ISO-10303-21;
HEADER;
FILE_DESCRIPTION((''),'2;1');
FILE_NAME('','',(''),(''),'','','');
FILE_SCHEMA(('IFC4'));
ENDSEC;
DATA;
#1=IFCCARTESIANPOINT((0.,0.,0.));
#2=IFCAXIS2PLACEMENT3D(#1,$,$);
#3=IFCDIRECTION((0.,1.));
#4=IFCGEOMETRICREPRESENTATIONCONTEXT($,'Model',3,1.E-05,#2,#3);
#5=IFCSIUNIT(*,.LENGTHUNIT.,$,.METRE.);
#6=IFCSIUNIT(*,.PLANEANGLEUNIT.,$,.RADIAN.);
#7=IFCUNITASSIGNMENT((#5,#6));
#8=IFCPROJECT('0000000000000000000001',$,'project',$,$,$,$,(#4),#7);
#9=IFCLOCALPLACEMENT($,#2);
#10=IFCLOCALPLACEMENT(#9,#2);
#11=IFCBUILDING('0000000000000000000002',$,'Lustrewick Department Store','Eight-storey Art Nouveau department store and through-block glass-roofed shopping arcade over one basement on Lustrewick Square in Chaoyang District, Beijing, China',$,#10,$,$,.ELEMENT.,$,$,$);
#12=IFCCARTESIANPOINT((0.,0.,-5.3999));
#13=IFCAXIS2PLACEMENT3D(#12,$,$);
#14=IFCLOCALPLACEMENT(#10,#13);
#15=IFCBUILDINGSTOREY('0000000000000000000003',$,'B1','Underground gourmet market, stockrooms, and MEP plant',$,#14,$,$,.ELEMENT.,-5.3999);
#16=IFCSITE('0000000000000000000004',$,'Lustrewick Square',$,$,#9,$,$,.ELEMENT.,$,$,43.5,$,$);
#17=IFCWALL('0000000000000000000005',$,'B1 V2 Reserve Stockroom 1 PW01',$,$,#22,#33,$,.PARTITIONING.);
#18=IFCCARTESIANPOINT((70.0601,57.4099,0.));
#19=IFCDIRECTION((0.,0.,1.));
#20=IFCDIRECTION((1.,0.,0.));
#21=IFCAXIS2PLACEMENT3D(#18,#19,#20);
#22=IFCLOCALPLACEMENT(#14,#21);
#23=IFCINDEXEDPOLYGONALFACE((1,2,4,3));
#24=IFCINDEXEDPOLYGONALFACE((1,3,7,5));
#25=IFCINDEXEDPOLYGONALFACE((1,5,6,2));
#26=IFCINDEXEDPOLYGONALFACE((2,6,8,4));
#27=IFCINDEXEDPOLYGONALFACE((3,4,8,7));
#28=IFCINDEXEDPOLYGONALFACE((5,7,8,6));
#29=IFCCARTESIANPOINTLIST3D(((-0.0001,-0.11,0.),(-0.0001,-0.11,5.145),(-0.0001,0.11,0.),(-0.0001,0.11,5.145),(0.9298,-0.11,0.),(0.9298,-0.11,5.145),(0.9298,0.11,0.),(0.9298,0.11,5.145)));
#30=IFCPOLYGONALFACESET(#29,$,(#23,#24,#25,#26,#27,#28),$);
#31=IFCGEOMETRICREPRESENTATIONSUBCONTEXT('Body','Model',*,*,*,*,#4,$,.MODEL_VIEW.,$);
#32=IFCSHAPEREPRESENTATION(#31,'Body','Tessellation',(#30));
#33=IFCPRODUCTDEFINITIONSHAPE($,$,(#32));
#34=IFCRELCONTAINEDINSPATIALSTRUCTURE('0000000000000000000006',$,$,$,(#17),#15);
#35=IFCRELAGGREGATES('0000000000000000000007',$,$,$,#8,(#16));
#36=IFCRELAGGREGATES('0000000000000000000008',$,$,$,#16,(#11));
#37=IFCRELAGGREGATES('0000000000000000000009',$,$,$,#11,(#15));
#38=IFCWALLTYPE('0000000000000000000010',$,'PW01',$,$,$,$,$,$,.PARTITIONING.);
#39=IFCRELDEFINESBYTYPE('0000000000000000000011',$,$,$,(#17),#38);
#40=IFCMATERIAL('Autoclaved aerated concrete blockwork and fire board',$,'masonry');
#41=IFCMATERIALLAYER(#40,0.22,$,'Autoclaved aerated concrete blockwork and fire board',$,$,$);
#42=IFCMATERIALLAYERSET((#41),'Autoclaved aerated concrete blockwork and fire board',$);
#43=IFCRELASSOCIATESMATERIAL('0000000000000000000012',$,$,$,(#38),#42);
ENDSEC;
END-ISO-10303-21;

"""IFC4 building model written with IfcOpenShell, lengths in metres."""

from ifc_helpers import new_model, si_unit, direction, frame, frame_2d, origin, place, context, subcontext, project, spatial, rectangle, extrude, material, layer, layer_set, type_object, element, save


model = new_model("IFC4")

# Units and contexts
model_context = context("Model", 3, precision=1e-05, world=origin(), true_north=direction((0.0, 1.0)))
body_context = subcontext(model_context, "Body", "Model", "MODEL_VIEW")
ifc_project = project(units=[si_unit("LENGTHUNIT", "METRE"), si_unit("PLANEANGLEUNIT", "RADIAN")], contexts=[model_context])

# Site, building, storey
site_placement = place(None, origin())
site = spatial("IfcSite", under=ifc_project, at=site_placement, Name="Lustrewick Square", CompositionType="ELEMENT", RefElevation=43.5)
building_placement = place(site_placement, origin())
building = spatial("IfcBuilding", under=site, at=building_placement, Name="Lustrewick Department Store", Description="Eight-storey Art Nouveau department store and through-block glass-roofed shopping arcade over one basement on Lustrewick Square in Chaoyang District, Beijing, China", CompositionType="ELEMENT")
storey_placement = place(building_placement, frame((0.0, 0.0, -5.3999)))
storey = spatial("IfcBuildingStorey", under=building, at=storey_placement, Name="B1", Description="Underground gourmet market, stockrooms, and MEP plant", CompositionType="ELEMENT", Elevation=-5.3999)

# Wall
ifc_material_1 = material(Name="Autoclaved aerated concrete blockwork and fire board", Category="masonry")
ifc_layer_1 = layer(ifc_material_1, 0.22, Name="Autoclaved aerated concrete blockwork and fire board")
ifc_layer_set_1 = layer_set([ifc_layer_1], Name="Autoclaved aerated concrete blockwork and fire board")
wall_type_1 = type_object("IfcWallType", Name="PW01", PredefinedType="PARTITIONING", material=ifc_layer_set_1)
wall_1_placement = place(storey_placement, frame((70.0601, 57.4099, 0.0), z_axis=(0.0, 0.0, 1.0), x_axis=(1.0, 0.0, 0.0)))
element("IfcWall", 1, at=wall_1_placement, inside=storey, type_object=wall_type_1, Name="B1 V2 Reserve Stockroom 1 PW01", PredefinedType="PARTITIONING", context=body_context, shape_type="SweptSolid", body=[
    extrude(rectangle(XDim=0.9299, YDim=0.22, at=frame_2d((0.4648, 0.0))), origin(), (0.0, 0.0, 1.0), 5.145),
])

save(model, "model.ifc")
